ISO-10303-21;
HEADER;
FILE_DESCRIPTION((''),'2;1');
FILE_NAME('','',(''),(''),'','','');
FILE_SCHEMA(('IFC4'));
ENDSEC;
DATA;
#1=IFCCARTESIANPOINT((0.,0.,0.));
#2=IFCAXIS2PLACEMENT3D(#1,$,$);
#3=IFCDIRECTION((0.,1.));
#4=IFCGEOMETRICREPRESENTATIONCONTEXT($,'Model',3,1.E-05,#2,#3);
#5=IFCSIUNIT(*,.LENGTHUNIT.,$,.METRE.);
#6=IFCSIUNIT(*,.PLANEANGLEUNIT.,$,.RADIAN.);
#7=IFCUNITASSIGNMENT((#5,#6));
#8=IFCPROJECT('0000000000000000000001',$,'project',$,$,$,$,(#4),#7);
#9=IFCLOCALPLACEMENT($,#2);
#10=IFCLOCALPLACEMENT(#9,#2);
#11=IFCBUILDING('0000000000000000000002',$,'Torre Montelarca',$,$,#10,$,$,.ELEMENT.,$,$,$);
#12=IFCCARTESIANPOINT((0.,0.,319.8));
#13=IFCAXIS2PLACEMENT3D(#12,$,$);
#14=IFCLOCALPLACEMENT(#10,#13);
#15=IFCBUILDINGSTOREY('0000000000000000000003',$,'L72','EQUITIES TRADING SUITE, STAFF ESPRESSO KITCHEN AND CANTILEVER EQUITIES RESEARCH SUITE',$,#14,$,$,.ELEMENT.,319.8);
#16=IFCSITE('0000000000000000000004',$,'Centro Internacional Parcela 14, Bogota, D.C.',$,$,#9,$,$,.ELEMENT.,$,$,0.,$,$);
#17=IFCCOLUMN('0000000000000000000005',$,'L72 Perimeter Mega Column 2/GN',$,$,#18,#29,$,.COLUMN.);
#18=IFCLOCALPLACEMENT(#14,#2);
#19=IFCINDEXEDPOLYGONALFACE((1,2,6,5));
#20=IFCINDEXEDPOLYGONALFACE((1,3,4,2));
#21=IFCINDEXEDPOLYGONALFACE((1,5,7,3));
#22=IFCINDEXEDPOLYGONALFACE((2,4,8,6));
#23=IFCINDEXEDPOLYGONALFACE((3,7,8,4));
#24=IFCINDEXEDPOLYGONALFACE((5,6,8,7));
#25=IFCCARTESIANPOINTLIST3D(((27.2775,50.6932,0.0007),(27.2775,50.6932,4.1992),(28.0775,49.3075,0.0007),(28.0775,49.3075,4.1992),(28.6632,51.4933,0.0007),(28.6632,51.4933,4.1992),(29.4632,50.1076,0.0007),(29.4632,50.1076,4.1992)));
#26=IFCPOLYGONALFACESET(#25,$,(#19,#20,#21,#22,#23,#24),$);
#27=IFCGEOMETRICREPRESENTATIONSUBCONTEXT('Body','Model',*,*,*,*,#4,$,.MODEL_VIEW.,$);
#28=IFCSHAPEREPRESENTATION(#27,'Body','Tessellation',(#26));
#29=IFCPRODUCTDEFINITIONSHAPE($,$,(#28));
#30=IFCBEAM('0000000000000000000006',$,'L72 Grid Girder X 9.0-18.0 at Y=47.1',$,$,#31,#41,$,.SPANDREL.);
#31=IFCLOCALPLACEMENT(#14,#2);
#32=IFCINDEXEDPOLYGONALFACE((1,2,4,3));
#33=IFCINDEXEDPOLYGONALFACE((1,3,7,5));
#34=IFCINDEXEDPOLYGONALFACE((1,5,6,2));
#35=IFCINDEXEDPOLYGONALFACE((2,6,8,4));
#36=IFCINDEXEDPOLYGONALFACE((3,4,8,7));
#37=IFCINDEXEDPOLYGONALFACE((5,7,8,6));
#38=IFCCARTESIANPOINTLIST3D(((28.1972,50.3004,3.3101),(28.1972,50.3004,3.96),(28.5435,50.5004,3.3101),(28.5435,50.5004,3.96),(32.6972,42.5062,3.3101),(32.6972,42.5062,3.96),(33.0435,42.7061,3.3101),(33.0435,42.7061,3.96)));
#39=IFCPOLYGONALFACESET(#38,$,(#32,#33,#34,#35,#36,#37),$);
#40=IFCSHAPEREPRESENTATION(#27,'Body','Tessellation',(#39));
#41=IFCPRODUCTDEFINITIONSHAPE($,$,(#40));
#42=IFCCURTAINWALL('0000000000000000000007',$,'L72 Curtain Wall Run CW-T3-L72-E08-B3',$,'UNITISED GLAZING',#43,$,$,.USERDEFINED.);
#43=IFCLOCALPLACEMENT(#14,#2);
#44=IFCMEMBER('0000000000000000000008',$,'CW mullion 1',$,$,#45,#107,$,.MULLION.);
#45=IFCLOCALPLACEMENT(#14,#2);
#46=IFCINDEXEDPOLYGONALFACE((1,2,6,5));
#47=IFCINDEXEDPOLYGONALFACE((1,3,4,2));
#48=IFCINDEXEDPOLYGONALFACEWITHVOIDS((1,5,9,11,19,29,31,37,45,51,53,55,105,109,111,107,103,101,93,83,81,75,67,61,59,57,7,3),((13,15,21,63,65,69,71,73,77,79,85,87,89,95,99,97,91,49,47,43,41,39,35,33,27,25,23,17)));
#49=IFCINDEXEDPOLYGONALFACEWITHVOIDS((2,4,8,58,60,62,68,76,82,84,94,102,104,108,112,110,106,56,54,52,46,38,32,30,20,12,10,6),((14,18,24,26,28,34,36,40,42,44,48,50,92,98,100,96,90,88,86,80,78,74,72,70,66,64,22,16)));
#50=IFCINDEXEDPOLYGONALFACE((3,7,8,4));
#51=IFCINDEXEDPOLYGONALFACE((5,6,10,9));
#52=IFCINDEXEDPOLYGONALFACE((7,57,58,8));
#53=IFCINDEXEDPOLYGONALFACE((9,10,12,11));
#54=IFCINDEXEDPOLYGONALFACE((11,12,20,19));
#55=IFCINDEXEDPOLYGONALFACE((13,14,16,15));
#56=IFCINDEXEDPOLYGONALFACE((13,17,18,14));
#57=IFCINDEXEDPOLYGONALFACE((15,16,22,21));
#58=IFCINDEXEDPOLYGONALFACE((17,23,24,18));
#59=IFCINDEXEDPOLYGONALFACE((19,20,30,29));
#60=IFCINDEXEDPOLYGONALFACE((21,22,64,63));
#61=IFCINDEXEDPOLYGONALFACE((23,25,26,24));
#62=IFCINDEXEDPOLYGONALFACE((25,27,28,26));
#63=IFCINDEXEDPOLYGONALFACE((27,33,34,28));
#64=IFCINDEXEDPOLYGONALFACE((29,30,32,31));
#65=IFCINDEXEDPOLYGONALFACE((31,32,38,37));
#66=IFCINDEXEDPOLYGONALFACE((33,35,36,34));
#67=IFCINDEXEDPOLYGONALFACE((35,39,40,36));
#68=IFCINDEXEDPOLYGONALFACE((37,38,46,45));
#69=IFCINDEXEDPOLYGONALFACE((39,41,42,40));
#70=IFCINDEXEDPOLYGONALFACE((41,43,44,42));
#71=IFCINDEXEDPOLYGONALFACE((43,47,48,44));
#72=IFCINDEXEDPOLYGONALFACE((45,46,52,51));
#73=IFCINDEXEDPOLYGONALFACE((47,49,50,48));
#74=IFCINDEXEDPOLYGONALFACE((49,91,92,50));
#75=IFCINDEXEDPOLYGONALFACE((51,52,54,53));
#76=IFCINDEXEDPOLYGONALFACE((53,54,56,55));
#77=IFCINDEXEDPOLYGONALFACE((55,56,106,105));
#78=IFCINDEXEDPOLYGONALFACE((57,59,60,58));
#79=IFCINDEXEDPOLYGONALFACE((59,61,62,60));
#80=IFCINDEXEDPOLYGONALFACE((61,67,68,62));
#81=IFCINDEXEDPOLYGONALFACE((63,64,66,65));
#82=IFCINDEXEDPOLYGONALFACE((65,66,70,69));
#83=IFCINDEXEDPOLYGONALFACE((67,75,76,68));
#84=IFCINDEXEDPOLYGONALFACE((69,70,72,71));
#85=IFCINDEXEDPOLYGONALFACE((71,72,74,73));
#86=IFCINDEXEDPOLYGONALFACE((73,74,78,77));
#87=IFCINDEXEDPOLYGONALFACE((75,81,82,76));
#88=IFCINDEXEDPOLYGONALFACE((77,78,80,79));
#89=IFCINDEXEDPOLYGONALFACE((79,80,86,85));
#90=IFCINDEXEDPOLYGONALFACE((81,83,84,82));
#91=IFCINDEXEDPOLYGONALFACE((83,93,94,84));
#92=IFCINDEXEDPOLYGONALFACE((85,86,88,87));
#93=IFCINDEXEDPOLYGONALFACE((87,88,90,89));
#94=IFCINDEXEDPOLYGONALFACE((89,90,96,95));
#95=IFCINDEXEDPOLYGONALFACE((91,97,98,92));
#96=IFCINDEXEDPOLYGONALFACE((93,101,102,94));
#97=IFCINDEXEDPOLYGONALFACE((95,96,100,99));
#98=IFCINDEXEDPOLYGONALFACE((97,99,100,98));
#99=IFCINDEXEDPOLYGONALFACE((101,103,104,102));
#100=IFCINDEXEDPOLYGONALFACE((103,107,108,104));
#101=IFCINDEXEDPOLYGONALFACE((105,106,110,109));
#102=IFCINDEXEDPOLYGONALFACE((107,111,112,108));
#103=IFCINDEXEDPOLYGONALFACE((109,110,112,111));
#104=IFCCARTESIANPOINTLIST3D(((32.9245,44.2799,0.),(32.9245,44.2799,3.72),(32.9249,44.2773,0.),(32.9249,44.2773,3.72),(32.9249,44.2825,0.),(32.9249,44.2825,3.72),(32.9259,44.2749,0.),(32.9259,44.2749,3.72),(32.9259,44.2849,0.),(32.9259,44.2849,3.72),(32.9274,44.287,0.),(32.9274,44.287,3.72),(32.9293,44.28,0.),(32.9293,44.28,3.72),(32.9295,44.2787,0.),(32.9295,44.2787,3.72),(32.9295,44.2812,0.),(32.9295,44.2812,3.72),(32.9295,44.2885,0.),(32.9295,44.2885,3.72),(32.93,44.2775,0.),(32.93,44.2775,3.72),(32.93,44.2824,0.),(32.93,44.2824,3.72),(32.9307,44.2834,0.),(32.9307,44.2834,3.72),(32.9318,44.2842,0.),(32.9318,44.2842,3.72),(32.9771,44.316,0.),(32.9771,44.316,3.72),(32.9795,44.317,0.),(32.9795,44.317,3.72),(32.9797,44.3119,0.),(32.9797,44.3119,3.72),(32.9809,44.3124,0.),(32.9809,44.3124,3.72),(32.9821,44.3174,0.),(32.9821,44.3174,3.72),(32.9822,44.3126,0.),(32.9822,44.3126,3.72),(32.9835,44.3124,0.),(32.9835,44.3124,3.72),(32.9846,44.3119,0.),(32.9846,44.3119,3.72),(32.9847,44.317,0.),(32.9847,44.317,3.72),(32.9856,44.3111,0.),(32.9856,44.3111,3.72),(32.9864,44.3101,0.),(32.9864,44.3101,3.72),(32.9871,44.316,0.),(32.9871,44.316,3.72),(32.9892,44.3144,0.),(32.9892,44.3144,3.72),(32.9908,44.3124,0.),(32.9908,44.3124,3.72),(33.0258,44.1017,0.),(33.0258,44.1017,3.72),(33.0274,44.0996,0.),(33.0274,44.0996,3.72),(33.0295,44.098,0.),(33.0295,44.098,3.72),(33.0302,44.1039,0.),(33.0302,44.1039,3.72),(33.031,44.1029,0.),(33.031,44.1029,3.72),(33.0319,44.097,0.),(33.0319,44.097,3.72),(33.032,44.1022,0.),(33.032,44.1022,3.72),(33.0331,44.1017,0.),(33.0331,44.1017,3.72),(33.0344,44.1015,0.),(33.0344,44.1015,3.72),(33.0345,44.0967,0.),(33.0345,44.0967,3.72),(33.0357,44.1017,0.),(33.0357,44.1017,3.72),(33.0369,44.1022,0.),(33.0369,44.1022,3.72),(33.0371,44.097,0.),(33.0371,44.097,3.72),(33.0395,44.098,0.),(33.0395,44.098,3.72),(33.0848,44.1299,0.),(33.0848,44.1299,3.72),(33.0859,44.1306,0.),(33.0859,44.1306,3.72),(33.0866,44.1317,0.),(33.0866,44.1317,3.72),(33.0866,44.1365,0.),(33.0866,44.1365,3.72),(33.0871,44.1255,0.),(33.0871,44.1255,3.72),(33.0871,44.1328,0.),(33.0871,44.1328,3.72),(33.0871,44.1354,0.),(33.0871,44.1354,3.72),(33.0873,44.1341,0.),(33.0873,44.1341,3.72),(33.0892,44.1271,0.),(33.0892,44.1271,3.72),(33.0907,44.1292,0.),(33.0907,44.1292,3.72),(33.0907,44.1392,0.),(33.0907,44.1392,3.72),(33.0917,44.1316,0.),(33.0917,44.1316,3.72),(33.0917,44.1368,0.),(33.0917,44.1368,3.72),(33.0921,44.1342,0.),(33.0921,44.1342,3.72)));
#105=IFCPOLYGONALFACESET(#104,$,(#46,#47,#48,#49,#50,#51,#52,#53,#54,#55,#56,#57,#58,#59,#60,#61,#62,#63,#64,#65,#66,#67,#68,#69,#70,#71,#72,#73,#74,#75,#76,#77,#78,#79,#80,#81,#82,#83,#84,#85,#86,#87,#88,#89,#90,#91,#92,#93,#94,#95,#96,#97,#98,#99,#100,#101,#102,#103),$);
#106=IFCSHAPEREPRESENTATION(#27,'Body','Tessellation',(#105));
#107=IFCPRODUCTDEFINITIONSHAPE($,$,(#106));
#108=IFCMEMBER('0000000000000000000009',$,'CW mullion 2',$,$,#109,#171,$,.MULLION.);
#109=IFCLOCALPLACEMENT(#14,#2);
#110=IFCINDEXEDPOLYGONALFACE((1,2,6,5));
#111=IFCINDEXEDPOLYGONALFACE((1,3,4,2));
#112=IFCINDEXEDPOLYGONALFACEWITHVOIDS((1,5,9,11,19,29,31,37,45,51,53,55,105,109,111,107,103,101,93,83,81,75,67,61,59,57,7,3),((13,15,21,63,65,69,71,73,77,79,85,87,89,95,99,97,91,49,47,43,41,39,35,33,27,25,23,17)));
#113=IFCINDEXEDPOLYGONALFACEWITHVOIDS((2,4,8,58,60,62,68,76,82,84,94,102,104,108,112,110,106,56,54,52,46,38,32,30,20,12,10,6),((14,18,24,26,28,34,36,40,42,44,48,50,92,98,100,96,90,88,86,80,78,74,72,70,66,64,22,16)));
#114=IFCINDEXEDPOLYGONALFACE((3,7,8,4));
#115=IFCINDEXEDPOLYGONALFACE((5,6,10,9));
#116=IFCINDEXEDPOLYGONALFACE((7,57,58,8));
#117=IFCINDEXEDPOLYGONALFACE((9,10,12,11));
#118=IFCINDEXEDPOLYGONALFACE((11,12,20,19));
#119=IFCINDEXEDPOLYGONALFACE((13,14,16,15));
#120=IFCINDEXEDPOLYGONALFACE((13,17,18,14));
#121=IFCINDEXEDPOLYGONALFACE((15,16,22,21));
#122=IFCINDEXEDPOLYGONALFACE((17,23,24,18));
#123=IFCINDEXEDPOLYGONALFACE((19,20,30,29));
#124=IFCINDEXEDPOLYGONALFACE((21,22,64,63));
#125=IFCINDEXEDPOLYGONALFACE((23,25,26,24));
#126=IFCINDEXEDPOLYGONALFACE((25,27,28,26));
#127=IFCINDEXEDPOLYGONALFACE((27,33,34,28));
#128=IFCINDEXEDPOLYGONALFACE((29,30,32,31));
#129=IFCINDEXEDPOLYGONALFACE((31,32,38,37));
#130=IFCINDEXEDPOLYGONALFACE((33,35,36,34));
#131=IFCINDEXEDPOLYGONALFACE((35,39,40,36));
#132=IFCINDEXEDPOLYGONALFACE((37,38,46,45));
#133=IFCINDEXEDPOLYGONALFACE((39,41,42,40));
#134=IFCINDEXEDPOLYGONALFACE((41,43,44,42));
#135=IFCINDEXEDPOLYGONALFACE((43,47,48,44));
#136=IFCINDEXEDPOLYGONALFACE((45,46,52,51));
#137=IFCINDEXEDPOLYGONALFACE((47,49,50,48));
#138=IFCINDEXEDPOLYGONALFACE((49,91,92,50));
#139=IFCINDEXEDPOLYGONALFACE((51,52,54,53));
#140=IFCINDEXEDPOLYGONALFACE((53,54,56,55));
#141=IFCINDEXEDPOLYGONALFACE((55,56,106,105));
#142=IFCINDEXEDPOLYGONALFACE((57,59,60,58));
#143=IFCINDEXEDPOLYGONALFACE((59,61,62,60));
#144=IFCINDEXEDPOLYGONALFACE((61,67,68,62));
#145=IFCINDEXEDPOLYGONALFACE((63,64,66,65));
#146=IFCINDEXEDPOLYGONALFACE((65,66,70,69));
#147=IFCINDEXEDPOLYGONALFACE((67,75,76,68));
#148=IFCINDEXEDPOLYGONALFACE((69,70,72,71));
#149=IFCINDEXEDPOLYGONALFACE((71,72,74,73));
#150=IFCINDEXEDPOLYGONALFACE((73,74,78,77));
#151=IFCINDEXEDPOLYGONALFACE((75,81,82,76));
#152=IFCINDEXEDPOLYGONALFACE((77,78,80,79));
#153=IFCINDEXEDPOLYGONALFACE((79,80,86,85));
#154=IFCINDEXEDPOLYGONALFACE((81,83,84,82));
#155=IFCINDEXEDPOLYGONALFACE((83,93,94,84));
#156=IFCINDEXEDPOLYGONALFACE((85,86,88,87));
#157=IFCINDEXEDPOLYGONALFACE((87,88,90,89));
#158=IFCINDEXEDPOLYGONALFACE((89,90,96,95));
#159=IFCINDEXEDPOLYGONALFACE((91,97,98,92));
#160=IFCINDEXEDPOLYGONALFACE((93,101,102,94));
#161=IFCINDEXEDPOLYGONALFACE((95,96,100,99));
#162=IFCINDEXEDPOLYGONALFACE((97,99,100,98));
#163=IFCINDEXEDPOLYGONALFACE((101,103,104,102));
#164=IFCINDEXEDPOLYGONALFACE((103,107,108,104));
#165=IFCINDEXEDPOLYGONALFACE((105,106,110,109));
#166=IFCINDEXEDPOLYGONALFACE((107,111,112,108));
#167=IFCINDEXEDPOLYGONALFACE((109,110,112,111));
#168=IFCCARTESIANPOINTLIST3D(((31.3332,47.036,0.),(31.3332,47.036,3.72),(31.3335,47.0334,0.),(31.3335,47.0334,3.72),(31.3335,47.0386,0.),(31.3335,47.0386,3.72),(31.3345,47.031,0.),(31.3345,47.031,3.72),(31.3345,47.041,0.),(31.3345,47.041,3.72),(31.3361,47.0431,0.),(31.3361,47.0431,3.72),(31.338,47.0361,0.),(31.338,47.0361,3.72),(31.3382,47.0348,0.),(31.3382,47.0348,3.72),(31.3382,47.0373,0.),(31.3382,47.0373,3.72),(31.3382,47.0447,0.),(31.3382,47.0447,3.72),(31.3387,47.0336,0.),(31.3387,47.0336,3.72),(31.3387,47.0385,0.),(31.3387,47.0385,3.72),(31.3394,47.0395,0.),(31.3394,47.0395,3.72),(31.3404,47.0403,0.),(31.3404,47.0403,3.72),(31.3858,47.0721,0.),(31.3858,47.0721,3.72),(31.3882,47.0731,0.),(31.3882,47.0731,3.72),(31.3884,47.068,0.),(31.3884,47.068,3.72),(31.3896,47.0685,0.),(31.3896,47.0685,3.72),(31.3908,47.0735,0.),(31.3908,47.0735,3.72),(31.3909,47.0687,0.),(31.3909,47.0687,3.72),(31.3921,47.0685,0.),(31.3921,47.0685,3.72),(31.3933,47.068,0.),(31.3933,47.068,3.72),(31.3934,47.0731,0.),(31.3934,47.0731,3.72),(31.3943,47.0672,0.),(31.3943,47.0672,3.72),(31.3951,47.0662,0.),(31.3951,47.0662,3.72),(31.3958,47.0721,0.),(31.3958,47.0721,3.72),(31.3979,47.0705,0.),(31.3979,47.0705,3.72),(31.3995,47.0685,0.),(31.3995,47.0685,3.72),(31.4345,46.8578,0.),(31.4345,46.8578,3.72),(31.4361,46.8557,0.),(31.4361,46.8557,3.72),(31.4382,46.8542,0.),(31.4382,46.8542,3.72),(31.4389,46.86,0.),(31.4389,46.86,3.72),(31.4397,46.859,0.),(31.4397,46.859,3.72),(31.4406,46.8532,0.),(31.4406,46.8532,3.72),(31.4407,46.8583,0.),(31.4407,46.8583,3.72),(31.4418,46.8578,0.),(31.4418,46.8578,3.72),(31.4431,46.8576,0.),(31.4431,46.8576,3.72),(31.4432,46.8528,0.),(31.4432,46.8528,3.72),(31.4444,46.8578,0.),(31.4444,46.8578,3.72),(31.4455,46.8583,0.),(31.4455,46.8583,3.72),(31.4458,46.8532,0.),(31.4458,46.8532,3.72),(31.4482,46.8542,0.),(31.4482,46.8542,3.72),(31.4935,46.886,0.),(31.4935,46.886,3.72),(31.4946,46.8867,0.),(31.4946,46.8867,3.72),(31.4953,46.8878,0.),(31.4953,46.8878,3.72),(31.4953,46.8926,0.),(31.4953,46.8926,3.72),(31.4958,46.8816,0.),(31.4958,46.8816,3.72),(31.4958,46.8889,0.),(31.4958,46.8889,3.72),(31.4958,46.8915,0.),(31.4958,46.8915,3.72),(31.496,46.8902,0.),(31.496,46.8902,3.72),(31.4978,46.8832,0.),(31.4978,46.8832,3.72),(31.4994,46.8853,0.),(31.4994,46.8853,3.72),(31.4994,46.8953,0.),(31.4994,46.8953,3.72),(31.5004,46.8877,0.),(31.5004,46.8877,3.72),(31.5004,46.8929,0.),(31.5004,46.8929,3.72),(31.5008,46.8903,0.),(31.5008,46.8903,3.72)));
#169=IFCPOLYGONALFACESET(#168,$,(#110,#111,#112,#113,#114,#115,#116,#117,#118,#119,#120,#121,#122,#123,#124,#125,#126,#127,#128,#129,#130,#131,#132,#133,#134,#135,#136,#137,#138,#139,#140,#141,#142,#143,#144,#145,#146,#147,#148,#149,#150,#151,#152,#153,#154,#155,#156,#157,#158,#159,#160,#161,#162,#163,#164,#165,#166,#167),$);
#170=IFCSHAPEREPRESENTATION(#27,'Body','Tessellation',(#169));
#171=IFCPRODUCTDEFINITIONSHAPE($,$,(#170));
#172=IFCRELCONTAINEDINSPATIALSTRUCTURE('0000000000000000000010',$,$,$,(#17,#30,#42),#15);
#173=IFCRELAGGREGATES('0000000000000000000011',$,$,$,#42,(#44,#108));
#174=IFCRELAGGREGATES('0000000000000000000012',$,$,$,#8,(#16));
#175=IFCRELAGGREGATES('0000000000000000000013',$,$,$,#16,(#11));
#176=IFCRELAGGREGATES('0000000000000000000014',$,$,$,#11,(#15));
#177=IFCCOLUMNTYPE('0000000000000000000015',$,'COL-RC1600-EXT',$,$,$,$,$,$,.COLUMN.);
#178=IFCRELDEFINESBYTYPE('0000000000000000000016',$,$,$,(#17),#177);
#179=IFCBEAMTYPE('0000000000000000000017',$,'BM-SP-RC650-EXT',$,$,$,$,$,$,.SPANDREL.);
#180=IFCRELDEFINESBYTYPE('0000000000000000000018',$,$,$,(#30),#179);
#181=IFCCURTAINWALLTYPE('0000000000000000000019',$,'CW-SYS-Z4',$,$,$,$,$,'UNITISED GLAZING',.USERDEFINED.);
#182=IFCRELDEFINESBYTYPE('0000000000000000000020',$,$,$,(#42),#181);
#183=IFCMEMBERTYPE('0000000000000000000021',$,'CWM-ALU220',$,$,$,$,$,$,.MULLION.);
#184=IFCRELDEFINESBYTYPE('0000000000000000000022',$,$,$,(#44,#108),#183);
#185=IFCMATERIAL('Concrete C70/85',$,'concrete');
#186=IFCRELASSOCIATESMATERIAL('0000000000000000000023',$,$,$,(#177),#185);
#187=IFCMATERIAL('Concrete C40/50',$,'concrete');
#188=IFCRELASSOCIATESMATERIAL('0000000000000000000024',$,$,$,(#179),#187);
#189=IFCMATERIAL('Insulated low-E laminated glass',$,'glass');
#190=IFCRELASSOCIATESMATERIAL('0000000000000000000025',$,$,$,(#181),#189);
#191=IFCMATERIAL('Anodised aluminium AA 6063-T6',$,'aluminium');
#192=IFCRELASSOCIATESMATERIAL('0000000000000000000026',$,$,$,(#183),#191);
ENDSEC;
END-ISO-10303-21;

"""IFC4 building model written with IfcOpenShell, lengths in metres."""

from ifc_helpers import new_model, si_unit, direction, frame, origin, origin_2d, place, context, subcontext, project, spatial, rectangle, hollow_rectangle, extrude, source, transform, mapped, material, material_profile, profile_set, type_object, element, aggregate, save


model = new_model("IFC4")

# Units and contexts
model_context = context("Model", 3, precision=1e-05, world=origin(), true_north=direction((0.0, 1.0)))
body_context = subcontext(model_context, "Body", "Model", "MODEL_VIEW")
ifc_project = project(units=[si_unit("LENGTHUNIT", "METRE"), si_unit("PLANEANGLEUNIT", "RADIAN")], contexts=[model_context])

# Site, building, storey
site_placement = place(None, origin())
site = spatial("IfcSite", under=ifc_project, at=site_placement, Name="Centro Internacional Parcela 14, Bogota, D.C.", CompositionType="ELEMENT", RefElevation=0.0)
building_placement = place(site_placement, origin())
building = spatial("IfcBuilding", under=site, at=building_placement, Name="Torre Montelarca", CompositionType="ELEMENT")
storey_placement = place(building_placement, frame((0.0, 0.0, 319.8)))
storey = spatial("IfcBuildingStorey", under=building, at=storey_placement, Name="L72", Description="EQUITIES TRADING SUITE, STAFF ESPRESSO KITCHEN AND CANTILEVER EQUITIES RESEARCH SUITE", CompositionType="ELEMENT", Elevation=319.8)

# Column
ifc_material_1 = material(Name="Concrete C70/85", Category="concrete")
ifc_material_profile_1 = material_profile(ifc_material_1, rectangle(XDim=1.6001, YDim=1.6001, at=origin_2d()), Name="RC1600X1600", Category="concrete")
ifc_profile_set_1 = profile_set([ifc_material_profile_1], Name="Concrete C70/85")
column_type = type_object("IfcColumnType", Name="COL-RC1600-EXT", PredefinedType="COLUMN", material=ifc_profile_set_1)
shared_shape_1 = source(origin(), body_context, "Body", "SweptSolid", [
    extrude(rectangle(XDim=1.6001, YDim=1.6001, at=origin_2d()), origin(), (0.0, 0.0, 1.0), 4.1985),
])
column_placement = place(storey_placement, frame((28.3704, 50.4004, 0.0007), z_axis=(0.0, 0.0, 1.0), x_axis=(-0.5, 0.866025, 0.0)))
element("IfcColumn", 1, at=column_placement, inside=storey, type_object=column_type, Name="L72 Perimeter Mega Column 2/GN", PredefinedType="COLUMN", context=body_context, shape_type="MappedRepresentation", body=[
    mapped(shared_shape_1, transform((0.0, 0.0, 0.0), scale=1.0)),
])

# Beam
ifc_material_2 = material(Name="Concrete C40/50", Category="concrete")
ifc_material_profile_2 = material_profile(ifc_material_2, rectangle(XDim=0.3999, YDim=0.6499, at=origin_2d()), Name="RCB400X650", Category="concrete")
ifc_profile_set_2 = profile_set([ifc_material_profile_2], Name="Concrete C40/50")
beam_type = type_object("IfcBeamType", Name="BM-SP-RC650-EXT", PredefinedType="SPANDREL", material=ifc_profile_set_2)
shared_shape_2 = source(origin(), body_context, "Body", "SweptSolid", [
    extrude(rectangle(XDim=0.3999, YDim=0.6499, at=origin_2d()), origin(), (0.0, 0.0, 1.0), 9.0),
])
beam_placement = place(storey_placement, frame((28.3704, 50.4004, 3.635), z_axis=(0.500002, -0.866024, 0.0), x_axis=(0.866024, 0.500002, 0.0)))
element("IfcBeam", 2, at=beam_placement, inside=storey, type_object=beam_type, Name="L72 Grid Girder X 9.0-18.0 at Y=47.1", PredefinedType="SPANDREL", context=body_context, shape_type="MappedRepresentation", body=[
    mapped(shared_shape_2, transform((0.0, 0.0, 0.0), scale=1.0)),
])

# Curtain wall, members
ifc_material_3 = material(Name="Insulated low-E laminated glass", Category="glass")
curtain_wall_type = type_object("IfcCurtainWallType", Name="CW-SYS-Z4", ElementType="UNITISED GLAZING", PredefinedType="USERDEFINED", material=ifc_material_3)
curtain_wall_1_placement = place(storey_placement, origin())
curtain_wall_1 = element("IfcCurtainWall", 3, at=curtain_wall_1_placement, inside=storey, type_object=curtain_wall_type, Name="L72 Curtain Wall Run CW-T3-L72-E08-B3", ObjectType="UNITISED GLAZING", PredefinedType="USERDEFINED")
ifc_material_4 = material(Name="Anodised aluminium AA 6063-T6", Category="aluminium")
ifc_material_profile_3 = material_profile(ifc_material_4, hollow_rectangle(XDim=0.075, YDim=0.22, WallThickness=0.0049, InnerFilletRadius=0.0049, OuterFilletRadius=0.01, at=origin_2d()), Name="ALU75X220X5", Category="aluminium")
ifc_profile_set_3 = profile_set([ifc_material_profile_3], Name="Anodised aluminium AA 6063-T6")
member_type_1 = type_object("IfcMemberType", Name="CWM-ALU220", PredefinedType="MULLION", material=ifc_profile_set_3)
shared_shape_3 = source(origin(), body_context, "Body", "SweptSolid", [
    extrude(hollow_rectangle(XDim=0.075, YDim=0.22, WallThickness=0.0049, InnerFilletRadius=0.0049, OuterFilletRadius=0.01, at=origin_2d()), origin(), (0.0, 0.0, 1.0), 3.72),
])
member_1_placement = place(storey_placement, frame((33.0083, 44.207, 0.0), z_axis=(0.0, 0.0, 1.0), x_axis=(-0.866025, -0.5, 0.0)))
member_1 = element("IfcMember", 4, at=member_1_placement, type_object=member_type_1, Name="CW mullion 1", PredefinedType="MULLION", context=body_context, shape_type="MappedRepresentation", body=[
    mapped(shared_shape_3, transform((0.0, 0.0, 0.0), scale=1.0)),
])
member_2_placement = place(storey_placement, frame((31.417, 46.9631, 0.0), z_axis=(0.0, 0.0, 1.0), x_axis=(-0.866025, -0.5, 0.0)))
member_2 = element("IfcMember", 5, at=member_2_placement, type_object=member_type_1, Name="CW mullion 2", PredefinedType="MULLION", context=body_context, shape_type="MappedRepresentation", body=[
    mapped(shared_shape_3, transform((0.0, 0.0, 0.0), scale=1.0)),
])

aggregate(curtain_wall_1, [member_1, member_2])

save(model, "model.ifc")
